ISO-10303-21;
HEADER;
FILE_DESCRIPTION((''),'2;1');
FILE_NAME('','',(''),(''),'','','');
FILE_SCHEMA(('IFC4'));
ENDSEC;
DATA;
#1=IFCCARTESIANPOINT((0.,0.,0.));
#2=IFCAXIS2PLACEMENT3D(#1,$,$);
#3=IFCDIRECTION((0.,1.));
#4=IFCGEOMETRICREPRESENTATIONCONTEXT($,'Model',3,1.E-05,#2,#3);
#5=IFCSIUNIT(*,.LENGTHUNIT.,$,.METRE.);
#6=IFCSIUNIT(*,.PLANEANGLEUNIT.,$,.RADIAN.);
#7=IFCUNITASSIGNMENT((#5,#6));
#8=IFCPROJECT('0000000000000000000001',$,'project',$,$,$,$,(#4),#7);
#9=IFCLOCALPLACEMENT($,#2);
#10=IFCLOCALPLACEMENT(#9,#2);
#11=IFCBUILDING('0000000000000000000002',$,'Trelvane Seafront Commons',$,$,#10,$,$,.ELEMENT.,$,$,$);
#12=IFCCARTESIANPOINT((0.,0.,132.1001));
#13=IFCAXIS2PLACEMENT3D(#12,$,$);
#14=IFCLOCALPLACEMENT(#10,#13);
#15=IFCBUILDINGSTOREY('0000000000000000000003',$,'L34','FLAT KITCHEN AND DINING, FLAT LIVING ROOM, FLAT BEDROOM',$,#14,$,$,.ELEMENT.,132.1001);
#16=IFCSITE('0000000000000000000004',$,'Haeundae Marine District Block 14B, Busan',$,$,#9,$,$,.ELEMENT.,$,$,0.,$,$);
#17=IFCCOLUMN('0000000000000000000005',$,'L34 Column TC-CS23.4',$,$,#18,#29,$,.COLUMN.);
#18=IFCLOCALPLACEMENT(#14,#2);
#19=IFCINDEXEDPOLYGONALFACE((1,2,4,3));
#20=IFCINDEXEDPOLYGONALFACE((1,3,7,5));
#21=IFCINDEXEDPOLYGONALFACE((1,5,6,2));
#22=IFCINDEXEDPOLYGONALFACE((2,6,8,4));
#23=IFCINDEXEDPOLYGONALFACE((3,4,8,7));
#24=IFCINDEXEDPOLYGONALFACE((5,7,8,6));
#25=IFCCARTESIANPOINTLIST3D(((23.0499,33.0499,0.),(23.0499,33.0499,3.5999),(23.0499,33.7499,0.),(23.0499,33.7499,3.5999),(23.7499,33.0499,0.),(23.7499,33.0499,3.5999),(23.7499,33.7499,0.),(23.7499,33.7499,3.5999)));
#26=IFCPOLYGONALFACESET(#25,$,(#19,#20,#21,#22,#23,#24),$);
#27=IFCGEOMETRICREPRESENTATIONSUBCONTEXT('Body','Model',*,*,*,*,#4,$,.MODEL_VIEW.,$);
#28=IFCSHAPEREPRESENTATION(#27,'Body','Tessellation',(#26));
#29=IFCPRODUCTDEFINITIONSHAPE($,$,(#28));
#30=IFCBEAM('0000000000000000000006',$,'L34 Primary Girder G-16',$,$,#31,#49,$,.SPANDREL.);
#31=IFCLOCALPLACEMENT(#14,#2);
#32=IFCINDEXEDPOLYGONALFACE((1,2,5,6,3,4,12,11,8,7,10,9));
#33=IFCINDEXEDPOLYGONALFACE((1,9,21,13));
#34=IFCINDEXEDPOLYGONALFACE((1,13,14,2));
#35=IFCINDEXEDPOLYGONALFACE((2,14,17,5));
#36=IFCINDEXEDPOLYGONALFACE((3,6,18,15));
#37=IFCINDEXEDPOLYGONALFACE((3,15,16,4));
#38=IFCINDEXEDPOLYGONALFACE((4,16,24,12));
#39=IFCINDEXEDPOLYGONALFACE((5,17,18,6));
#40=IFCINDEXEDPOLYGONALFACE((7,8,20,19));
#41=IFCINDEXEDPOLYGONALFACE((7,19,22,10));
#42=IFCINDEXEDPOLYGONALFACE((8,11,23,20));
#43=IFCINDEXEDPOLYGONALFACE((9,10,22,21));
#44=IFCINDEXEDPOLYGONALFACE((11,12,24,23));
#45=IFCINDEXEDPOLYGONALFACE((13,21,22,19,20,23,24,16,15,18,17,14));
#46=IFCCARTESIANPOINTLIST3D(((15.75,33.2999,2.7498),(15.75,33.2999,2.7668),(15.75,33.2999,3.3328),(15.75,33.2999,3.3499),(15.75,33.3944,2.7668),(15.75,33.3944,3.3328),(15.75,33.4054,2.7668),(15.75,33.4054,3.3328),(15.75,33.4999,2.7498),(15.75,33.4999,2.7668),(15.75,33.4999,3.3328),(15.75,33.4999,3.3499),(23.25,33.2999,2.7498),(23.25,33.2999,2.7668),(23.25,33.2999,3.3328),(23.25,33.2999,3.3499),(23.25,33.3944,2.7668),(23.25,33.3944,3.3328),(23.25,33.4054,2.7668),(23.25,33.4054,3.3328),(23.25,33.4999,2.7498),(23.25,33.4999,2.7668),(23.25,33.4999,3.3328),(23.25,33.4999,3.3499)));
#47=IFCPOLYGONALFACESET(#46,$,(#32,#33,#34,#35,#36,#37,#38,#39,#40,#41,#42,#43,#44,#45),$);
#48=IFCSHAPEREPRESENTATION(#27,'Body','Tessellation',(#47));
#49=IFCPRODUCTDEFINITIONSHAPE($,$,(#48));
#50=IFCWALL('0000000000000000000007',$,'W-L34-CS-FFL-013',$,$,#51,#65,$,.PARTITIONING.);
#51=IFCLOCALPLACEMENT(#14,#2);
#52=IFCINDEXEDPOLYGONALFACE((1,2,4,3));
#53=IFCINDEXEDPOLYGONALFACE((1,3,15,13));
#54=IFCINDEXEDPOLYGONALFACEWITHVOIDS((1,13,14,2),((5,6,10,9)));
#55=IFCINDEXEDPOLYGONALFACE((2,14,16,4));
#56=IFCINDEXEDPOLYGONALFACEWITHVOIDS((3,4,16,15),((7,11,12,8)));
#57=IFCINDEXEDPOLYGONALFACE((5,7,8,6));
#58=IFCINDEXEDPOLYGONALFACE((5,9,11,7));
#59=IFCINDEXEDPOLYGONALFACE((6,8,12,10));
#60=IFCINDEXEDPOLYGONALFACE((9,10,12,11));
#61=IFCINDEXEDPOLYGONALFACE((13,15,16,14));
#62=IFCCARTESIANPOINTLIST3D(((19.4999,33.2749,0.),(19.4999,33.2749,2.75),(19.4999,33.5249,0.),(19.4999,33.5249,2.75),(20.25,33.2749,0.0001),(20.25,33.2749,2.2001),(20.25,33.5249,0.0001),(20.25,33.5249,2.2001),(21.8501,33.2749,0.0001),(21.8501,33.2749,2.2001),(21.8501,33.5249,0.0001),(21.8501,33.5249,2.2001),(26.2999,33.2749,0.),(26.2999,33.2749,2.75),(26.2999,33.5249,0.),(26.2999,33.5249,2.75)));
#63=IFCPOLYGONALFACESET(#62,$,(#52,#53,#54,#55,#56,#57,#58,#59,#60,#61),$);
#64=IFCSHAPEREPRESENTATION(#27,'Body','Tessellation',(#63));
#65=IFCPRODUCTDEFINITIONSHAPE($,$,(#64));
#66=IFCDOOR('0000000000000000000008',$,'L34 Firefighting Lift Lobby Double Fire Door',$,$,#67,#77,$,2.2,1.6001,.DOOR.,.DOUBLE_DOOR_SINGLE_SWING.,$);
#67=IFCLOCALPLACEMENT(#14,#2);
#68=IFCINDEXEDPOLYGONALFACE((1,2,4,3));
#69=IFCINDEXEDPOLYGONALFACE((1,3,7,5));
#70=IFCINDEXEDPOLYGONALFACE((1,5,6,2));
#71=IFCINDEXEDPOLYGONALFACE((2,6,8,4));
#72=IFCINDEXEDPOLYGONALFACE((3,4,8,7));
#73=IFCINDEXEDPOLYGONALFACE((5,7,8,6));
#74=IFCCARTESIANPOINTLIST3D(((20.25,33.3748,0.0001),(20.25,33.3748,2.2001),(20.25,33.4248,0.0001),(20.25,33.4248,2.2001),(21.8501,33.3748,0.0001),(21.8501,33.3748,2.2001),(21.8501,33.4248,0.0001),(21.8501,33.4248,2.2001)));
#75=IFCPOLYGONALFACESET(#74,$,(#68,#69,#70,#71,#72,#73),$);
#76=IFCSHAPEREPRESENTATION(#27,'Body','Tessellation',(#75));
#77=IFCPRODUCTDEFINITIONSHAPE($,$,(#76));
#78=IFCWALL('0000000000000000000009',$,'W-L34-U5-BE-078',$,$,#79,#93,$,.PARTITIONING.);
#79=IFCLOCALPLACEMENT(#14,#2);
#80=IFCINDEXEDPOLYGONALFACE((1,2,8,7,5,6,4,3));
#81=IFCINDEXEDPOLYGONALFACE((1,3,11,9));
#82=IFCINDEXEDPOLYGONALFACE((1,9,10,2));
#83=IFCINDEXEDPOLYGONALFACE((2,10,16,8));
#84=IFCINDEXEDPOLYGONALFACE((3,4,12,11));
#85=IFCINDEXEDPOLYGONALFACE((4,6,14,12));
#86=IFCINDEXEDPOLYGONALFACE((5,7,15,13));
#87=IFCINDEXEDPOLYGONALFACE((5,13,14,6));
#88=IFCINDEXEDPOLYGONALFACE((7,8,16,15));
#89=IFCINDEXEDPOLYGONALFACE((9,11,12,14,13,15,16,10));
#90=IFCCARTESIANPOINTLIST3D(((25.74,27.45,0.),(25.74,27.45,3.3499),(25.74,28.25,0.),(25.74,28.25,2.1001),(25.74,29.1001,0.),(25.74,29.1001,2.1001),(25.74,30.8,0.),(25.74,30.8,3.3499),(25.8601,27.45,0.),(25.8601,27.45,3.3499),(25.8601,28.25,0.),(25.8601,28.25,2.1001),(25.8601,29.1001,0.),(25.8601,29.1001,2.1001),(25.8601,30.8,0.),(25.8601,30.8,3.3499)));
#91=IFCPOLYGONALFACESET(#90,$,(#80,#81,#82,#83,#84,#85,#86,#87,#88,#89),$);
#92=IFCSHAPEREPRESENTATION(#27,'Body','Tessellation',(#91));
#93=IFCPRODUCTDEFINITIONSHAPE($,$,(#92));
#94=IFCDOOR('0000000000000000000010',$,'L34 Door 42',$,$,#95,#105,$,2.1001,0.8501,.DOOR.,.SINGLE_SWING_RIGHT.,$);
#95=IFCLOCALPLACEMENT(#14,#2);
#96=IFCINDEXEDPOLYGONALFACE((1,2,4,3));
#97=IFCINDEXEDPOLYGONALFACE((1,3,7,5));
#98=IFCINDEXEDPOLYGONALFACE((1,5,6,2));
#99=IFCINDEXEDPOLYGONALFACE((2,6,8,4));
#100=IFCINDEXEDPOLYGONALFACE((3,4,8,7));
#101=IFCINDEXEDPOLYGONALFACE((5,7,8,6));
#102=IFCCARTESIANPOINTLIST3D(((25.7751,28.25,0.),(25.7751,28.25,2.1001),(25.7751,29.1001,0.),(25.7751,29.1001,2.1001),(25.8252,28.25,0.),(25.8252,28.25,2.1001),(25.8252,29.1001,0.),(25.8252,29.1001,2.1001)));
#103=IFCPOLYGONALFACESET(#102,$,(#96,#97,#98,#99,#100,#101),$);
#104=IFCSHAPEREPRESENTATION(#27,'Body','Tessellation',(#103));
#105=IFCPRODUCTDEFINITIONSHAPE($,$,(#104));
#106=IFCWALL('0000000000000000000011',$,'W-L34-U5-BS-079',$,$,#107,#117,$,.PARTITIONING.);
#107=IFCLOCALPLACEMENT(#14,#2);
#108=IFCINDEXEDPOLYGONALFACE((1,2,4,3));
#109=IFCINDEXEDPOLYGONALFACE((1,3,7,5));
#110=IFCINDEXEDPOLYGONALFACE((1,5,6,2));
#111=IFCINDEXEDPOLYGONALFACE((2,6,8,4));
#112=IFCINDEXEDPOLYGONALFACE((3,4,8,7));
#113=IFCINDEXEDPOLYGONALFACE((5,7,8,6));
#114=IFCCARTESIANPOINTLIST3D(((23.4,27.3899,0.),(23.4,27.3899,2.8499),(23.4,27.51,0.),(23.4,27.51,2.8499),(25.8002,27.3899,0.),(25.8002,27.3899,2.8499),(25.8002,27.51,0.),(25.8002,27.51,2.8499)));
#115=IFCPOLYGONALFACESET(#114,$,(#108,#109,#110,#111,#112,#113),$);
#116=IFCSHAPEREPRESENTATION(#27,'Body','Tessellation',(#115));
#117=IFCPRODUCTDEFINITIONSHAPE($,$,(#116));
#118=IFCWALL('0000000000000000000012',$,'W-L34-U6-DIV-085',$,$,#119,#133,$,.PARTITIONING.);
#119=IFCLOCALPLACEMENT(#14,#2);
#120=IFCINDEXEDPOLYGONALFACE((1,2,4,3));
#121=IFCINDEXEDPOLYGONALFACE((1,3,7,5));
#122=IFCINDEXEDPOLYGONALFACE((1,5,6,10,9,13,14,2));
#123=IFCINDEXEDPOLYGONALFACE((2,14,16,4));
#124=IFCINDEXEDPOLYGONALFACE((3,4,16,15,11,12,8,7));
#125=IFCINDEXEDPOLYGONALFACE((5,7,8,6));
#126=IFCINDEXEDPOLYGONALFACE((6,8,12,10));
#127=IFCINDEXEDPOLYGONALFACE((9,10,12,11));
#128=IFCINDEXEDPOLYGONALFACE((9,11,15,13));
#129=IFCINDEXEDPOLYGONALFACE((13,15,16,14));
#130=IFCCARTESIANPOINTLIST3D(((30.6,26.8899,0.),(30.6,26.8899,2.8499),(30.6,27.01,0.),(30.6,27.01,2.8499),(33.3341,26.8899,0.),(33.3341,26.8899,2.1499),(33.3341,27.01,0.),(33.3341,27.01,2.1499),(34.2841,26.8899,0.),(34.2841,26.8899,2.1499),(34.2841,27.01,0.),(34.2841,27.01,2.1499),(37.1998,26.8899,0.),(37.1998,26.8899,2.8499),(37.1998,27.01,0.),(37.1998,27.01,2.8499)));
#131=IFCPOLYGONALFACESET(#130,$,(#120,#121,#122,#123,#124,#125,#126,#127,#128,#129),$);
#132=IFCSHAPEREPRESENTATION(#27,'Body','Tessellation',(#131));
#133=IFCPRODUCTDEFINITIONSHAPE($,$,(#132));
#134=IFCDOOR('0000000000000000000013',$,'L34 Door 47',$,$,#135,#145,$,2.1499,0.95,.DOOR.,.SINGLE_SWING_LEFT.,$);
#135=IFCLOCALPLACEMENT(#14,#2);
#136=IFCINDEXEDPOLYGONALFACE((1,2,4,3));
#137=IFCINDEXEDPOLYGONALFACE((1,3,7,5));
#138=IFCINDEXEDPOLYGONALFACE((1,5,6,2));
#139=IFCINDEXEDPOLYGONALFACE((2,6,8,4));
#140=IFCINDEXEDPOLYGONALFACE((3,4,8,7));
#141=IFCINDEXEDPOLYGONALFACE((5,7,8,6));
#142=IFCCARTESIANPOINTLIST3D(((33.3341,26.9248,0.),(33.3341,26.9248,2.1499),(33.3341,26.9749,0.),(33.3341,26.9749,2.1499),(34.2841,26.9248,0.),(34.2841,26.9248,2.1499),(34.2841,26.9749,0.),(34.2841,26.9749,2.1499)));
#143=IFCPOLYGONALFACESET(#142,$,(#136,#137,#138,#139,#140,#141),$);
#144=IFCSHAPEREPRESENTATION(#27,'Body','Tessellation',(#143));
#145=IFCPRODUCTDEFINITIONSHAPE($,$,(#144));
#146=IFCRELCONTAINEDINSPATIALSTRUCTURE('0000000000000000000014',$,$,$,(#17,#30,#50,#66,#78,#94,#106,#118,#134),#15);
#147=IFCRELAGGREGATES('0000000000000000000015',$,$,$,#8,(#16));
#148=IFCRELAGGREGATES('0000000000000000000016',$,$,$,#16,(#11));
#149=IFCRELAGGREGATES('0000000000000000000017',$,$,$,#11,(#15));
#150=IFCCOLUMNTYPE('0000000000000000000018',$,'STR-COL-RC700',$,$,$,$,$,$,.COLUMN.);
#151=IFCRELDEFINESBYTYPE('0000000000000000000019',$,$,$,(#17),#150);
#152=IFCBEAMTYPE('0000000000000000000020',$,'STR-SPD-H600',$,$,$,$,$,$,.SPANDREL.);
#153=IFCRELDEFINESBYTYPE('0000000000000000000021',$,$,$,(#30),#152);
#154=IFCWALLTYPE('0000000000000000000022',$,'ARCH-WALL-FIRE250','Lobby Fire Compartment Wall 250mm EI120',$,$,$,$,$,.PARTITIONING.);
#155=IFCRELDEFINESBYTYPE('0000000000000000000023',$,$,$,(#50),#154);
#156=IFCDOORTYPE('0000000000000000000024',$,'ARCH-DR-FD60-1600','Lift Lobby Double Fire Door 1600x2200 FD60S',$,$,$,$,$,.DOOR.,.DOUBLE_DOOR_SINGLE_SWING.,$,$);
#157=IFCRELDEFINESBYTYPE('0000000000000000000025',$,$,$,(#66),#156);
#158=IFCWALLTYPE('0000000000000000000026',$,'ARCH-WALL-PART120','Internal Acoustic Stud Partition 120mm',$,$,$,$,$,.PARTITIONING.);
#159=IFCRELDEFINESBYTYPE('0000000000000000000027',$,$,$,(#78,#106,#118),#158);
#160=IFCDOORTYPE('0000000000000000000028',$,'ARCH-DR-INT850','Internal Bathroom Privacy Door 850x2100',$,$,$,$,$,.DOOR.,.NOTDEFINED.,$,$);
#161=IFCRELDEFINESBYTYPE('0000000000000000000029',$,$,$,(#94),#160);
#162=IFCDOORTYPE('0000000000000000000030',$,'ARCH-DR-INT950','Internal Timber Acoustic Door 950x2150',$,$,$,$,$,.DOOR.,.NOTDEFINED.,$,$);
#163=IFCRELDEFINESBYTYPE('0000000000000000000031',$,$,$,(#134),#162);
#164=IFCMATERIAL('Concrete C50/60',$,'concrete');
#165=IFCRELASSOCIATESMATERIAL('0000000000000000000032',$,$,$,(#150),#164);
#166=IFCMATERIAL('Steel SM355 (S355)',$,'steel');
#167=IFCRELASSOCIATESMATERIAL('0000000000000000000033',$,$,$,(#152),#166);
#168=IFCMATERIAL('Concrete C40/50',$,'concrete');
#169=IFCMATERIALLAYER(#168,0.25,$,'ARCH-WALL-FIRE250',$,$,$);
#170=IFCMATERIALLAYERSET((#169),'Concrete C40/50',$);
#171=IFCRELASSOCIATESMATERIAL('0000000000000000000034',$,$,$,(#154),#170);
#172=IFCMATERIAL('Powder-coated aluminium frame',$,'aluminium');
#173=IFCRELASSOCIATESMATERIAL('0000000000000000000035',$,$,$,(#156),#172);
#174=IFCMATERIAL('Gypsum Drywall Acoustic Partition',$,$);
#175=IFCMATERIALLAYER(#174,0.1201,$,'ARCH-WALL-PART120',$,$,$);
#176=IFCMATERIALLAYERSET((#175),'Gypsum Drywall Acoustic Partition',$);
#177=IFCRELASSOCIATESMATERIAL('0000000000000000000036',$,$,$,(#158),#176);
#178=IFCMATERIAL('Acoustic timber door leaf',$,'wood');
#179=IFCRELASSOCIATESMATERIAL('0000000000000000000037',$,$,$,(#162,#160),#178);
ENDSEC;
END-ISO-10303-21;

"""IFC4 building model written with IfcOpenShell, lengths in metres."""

from ifc_helpers import new_model, si_unit, direction, frame, frame_2d, origin, origin_2d, place, context, subcontext, project, spatial, rectangle, i_section, extrude, source, transform, mapped, material, layer, layer_set, material_profile, profile_set, type_object, element, fill, save


model = new_model("IFC4")

# Units and contexts
model_context = context("Model", 3, precision=1e-05, world=origin(), true_north=direction((0.0, 1.0)))
body_context = subcontext(model_context, "Body", "Model", "MODEL_VIEW")
ifc_project = project(units=[si_unit("LENGTHUNIT", "METRE"), si_unit("PLANEANGLEUNIT", "RADIAN")], contexts=[model_context])

# Site, building, storey
site_placement = place(None, origin())
site = spatial("IfcSite", under=ifc_project, at=site_placement, Name="Haeundae Marine District Block 14B, Busan", CompositionType="ELEMENT", RefElevation=0.0)
building_placement = place(site_placement, origin())
building = spatial("IfcBuilding", under=site, at=building_placement, Name="Trelvane Seafront Commons", CompositionType="ELEMENT")
storey_placement = place(building_placement, frame((0.0, 0.0, 132.1001)))
storey = spatial("IfcBuildingStorey", under=building, at=storey_placement, Name="L34", Description="FLAT KITCHEN AND DINING, FLAT LIVING ROOM, FLAT BEDROOM", CompositionType="ELEMENT", Elevation=132.1001)

# Column
ifc_material_1 = material(Name="Concrete C50/60", Category="concrete")
ifc_material_profile_1 = material_profile(ifc_material_1, rectangle(XDim=0.7, YDim=0.7, at=origin_2d()), Name="RC-700x700")
ifc_profile_set_1 = profile_set([ifc_material_profile_1], Name="Concrete C50/60")
column_type = type_object("IfcColumnType", Name="STR-COL-RC700", PredefinedType="COLUMN", material=ifc_profile_set_1)
shared_shape_1 = source(origin(), body_context, "Body", "SweptSolid", [
    extrude(rectangle(XDim=0.7, YDim=0.7, at=origin_2d()), origin(), (0.0, 0.0, 1.0), 3.5999),
])
column_placement = place(storey_placement, frame((23.3999, 33.3999, 0.0), z_axis=(0.0, 0.0, 1.0), x_axis=(1.0, 0.0, 0.0)))
element("IfcColumn", 1, at=column_placement, inside=storey, type_object=column_type, Name="L34 Column TC-CS23.4", PredefinedType="COLUMN", context=body_context, shape_type="MappedRepresentation", body=[
    mapped(shared_shape_1, transform((0.0, 0.0, 0.0), x_axis=(1.0, 0.0, 0.0), y_axis=(0.0, 1.0, 0.0), z_axis=(0.0, 0.0, 1.0), scale=1.0)),
])

# Beam
ifc_material_2 = material(Name="Steel SM355 (S355)", Category="steel")
ifc_material_profile_2 = material_profile(ifc_material_2, i_section(OverallWidth=0.2, OverallDepth=0.6001, WebThickness=0.011, FlangeThickness=0.0171, at=origin_2d()), Name="H-600x200x11x17")
ifc_profile_set_2 = profile_set([ifc_material_profile_2], Name="Steel SM355 (S355)")
beam_type = type_object("IfcBeamType", Name="STR-SPD-H600", PredefinedType="SPANDREL", material=ifc_profile_set_2)
shared_shape_2 = source(origin(), body_context, "Body", "SweptSolid", [
    extrude(i_section(OverallWidth=0.2, OverallDepth=0.6001, WebThickness=0.011, FlangeThickness=0.0171, at=origin_2d()), origin(), (0.0, 0.0, 1.0), 7.5),
])
beam_placement = place(storey_placement, frame((15.75, 33.3999, 3.0498), z_axis=(1.0, 0.0, 0.0), x_axis=(0.0, 1.0, 0.0)))
element("IfcBeam", 2, at=beam_placement, inside=storey, type_object=beam_type, Name="L34 Primary Girder G-16", PredefinedType="SPANDREL", context=body_context, shape_type="MappedRepresentation", body=[
    mapped(shared_shape_2, transform((0.0, 0.0, 0.0), x_axis=(1.0, 0.0, 0.0), y_axis=(0.0, 1.0, 0.0), z_axis=(0.0, 0.0, 1.0), scale=1.0)),
])

# Walls, openings, doors
ifc_material_3 = material(Name="Concrete C40/50", Category="concrete")
ifc_layer_1 = layer(ifc_material_3, 0.25, Name="ARCH-WALL-FIRE250")
ifc_layer_set_1 = layer_set([ifc_layer_1], Name="Concrete C40/50")
wall_type_1 = type_object("IfcWallType", Name="ARCH-WALL-FIRE250", Description="Lobby Fire Compartment Wall 250mm EI120", PredefinedType="PARTITIONING", material=ifc_layer_set_1)
wall_1_placement = place(storey_placement, frame((19.5, 33.3999, 0.0), z_axis=(0.0, 0.0, 1.0), x_axis=(1.0, 0.0, 0.0)))
wall_1 = element("IfcWall", 3, at=wall_1_placement, inside=storey, type_object=wall_type_1, Name="W-L34-CS-FFL-013", PredefinedType="PARTITIONING", context=body_context, shape_type="SweptSolid", body=[
    extrude(rectangle(XDim=6.8, YDim=0.25, at=frame_2d((3.3999, 0.0))), origin(), (0.0, 0.0, 1.0), 2.75),
])
opening_1_placement = place(wall_1_placement, frame((0.75, 0.0, 0.0)))
opening_1 = element("IfcOpeningElement", 4, at=opening_1_placement, cuts=wall_1, PredefinedType="OPENING", context=body_context, shape_type="SweptSolid", body=[
    extrude(rectangle(XDim=1.6001, YDim=2.2, at=frame_2d((0.8, 1.1001))), frame((0.0, 0.135, 0.0), z_axis=(0.0, -1.0, 0.0), x_axis=(1.0, 0.0, 0.0)), (0.0, 0.0, 1.0), 0.27),
])
ifc_material_4 = material(Name="Powder-coated aluminium frame", Category="aluminium")
door_type_1 = type_object("IfcDoorType", Name="ARCH-DR-FD60-1600", Description="Lift Lobby Double Fire Door 1600x2200 FD60S", OperationType="DOUBLE_DOOR_SINGLE_SWING", PredefinedType="DOOR", material=ifc_material_4)
shared_shape_3 = source(origin(), body_context, "Body", "SweptSolid", [
    extrude(rectangle(XDim=1.6001, YDim=2.2, at=frame_2d((0.8, 1.1001))), frame((0.0, 0.0249, 0.0), z_axis=(0.0, -1.0, 0.0), x_axis=(1.0, 0.0, 0.0)), (0.0, 0.0, 1.0), 0.05),
])
door_1_placement = place(opening_1_placement, origin())
door_1 = element("IfcDoor", 5, at=door_1_placement, inside=storey, type_object=door_type_1, Name="L34 Firefighting Lift Lobby Double Fire Door", OperationType="DOUBLE_DOOR_SINGLE_SWING", OverallHeight=2.2, OverallWidth=1.6001, PredefinedType="DOOR", context=body_context, shape_type="MappedRepresentation", body=[
    mapped(shared_shape_3, transform((0.0, 0.0, 0.0), x_axis=(1.0, 0.0, 0.0), y_axis=(0.0, 1.0, 0.0), z_axis=(0.0, 0.0, 1.0), scale=1.0)),
])
fill(opening_1, door_1)
ifc_material_5 = material(Name="Gypsum Drywall Acoustic Partition")
ifc_layer_2 = layer(ifc_material_5, 0.1201, Name="ARCH-WALL-PART120")
ifc_layer_set_2 = layer_set([ifc_layer_2], Name="Gypsum Drywall Acoustic Partition")
wall_type_2 = type_object("IfcWallType", Name="ARCH-WALL-PART120", Description="Internal Acoustic Stud Partition 120mm", PredefinedType="PARTITIONING", material=ifc_layer_set_2)
ifc_material_6 = material(Name="Acoustic timber door leaf", Category="wood")
door_type_2 = type_object("IfcDoorType", Name="ARCH-DR-INT950", Description="Internal Timber Acoustic Door 950x2150", OperationType="NOTDEFINED", PredefinedType="DOOR", material=ifc_material_6)
shared_shape_4 = source(origin(), body_context, "Body", "SweptSolid", [
    extrude(rectangle(XDim=0.95, YDim=2.1499, at=frame_2d((0.4751, 1.075))), frame((0.0, 0.0249, 0.0), z_axis=(0.0, -1.0, 0.0), x_axis=(1.0, 0.0, 0.0)), (0.0, 0.0, 1.0), 0.05),
])
wall_2_placement = place(storey_placement, frame((25.8, 27.45, 0.0), z_axis=(0.0, 0.0, 1.0), x_axis=(0.0, 1.0, 0.0)))
wall_2 = element("IfcWall", 6, at=wall_2_placement, inside=storey, type_object=wall_type_2, Name="W-L34-U5-BE-078", PredefinedType="PARTITIONING", context=body_context, shape_type="SweptSolid", body=[
    extrude(rectangle(XDim=3.3501, YDim=0.1201, at=frame_2d((1.675, 0.0))), origin(), (0.0, 0.0, 1.0), 3.3499),
])
opening_2_placement = place(wall_2_placement, frame((0.8, 0.0, 0.0)))
opening_2 = element("IfcOpeningElement", 7, at=opening_2_placement, cuts=wall_2, PredefinedType="OPENING", context=body_context, shape_type="SweptSolid", body=[
    extrude(rectangle(XDim=0.8501, YDim=2.1001, at=frame_2d((0.425, 1.05))), frame((0.0, 0.0701, 0.0), z_axis=(0.0, -1.0, 0.0), x_axis=(1.0, 0.0, 0.0)), (0.0, 0.0, 1.0), 0.1401),
])
door_type_3 = type_object("IfcDoorType", Name="ARCH-DR-INT850", Description="Internal Bathroom Privacy Door 850x2100", OperationType="NOTDEFINED", PredefinedType="DOOR", material=ifc_material_6)
shared_shape_5 = source(origin(), body_context, "Body", "SweptSolid", [
    extrude(rectangle(XDim=0.8501, YDim=2.1001, at=frame_2d((0.425, 1.05))), frame((0.0, 0.0249, 0.0), z_axis=(0.0, -1.0, 0.0), x_axis=(1.0, 0.0, 0.0)), (0.0, 0.0, 1.0), 0.05),
])
door_2_placement = place(opening_2_placement, origin())
door_2 = element("IfcDoor", 8, at=door_2_placement, inside=storey, type_object=door_type_3, Name="L34 Door 42", OperationType="SINGLE_SWING_RIGHT", OverallHeight=2.1001, OverallWidth=0.8501, PredefinedType="DOOR", context=body_context, shape_type="MappedRepresentation", body=[
    mapped(shared_shape_5, transform((0.0, 0.0, 0.0), x_axis=(1.0, 0.0, 0.0), y_axis=(0.0, 1.0, 0.0), z_axis=(0.0, 0.0, 1.0), scale=1.0)),
])
fill(opening_2, door_2)

# Wall
wall_3_placement = place(storey_placement, frame((23.3999, 27.45, 0.0), z_axis=(0.0, 0.0, 1.0), x_axis=(1.0, 0.0, 0.0)))
element("IfcWall", 9, at=wall_3_placement, inside=storey, type_object=wall_type_2, Name="W-L34-U5-BS-079", PredefinedType="PARTITIONING", context=body_context, shape_type="SweptSolid", body=[
    extrude(rectangle(XDim=2.4001, YDim=0.1201, at=frame_2d((1.2002, 0.0))), origin(), (0.0, 0.0, 1.0), 2.8499),
])

# Wall, opening, door
wall_4_placement = place(storey_placement, frame((30.6001, 26.95, 0.0), z_axis=(0.0, 0.0, 1.0), x_axis=(1.0, 0.0, 0.0)))
wall_4 = element("IfcWall", 10, at=wall_4_placement, inside=storey, type_object=wall_type_2, Name="W-L34-U6-DIV-085", PredefinedType="PARTITIONING", context=body_context, shape_type="SweptSolid", body=[
    extrude(rectangle(XDim=6.5999, YDim=0.1201, at=frame_2d((3.2998, 0.0))), origin(), (0.0, 0.0, 1.0), 2.8499),
])
opening_3_placement = place(wall_4_placement, frame((2.7339, 0.0, 0.0)))
opening_3 = element("IfcOpeningElement", 11, at=opening_3_placement, cuts=wall_4, PredefinedType="OPENING", context=body_context, shape_type="SweptSolid", body=[
    extrude(rectangle(XDim=0.95, YDim=2.1499, at=frame_2d((0.4751, 1.075))), frame((0.0, 0.0701, 0.0), z_axis=(0.0, -1.0, 0.0), x_axis=(1.0, 0.0, 0.0)), (0.0, 0.0, 1.0), 0.1401),
])
door_3_placement = place(opening_3_placement, origin())
door_3 = element("IfcDoor", 12, at=door_3_placement, inside=storey, type_object=door_type_2, Name="L34 Door 47", OperationType="SINGLE_SWING_LEFT", OverallHeight=2.1499, OverallWidth=0.95, PredefinedType="DOOR", context=body_context, shape_type="MappedRepresentation", body=[
    mapped(shared_shape_4, transform((0.0, 0.0, 0.0), x_axis=(1.0, 0.0, 0.0), y_axis=(0.0, 1.0, 0.0), z_axis=(0.0, 0.0, 1.0), scale=1.0)),
])
fill(opening_3, door_3)

save(model, "model.ifc")
